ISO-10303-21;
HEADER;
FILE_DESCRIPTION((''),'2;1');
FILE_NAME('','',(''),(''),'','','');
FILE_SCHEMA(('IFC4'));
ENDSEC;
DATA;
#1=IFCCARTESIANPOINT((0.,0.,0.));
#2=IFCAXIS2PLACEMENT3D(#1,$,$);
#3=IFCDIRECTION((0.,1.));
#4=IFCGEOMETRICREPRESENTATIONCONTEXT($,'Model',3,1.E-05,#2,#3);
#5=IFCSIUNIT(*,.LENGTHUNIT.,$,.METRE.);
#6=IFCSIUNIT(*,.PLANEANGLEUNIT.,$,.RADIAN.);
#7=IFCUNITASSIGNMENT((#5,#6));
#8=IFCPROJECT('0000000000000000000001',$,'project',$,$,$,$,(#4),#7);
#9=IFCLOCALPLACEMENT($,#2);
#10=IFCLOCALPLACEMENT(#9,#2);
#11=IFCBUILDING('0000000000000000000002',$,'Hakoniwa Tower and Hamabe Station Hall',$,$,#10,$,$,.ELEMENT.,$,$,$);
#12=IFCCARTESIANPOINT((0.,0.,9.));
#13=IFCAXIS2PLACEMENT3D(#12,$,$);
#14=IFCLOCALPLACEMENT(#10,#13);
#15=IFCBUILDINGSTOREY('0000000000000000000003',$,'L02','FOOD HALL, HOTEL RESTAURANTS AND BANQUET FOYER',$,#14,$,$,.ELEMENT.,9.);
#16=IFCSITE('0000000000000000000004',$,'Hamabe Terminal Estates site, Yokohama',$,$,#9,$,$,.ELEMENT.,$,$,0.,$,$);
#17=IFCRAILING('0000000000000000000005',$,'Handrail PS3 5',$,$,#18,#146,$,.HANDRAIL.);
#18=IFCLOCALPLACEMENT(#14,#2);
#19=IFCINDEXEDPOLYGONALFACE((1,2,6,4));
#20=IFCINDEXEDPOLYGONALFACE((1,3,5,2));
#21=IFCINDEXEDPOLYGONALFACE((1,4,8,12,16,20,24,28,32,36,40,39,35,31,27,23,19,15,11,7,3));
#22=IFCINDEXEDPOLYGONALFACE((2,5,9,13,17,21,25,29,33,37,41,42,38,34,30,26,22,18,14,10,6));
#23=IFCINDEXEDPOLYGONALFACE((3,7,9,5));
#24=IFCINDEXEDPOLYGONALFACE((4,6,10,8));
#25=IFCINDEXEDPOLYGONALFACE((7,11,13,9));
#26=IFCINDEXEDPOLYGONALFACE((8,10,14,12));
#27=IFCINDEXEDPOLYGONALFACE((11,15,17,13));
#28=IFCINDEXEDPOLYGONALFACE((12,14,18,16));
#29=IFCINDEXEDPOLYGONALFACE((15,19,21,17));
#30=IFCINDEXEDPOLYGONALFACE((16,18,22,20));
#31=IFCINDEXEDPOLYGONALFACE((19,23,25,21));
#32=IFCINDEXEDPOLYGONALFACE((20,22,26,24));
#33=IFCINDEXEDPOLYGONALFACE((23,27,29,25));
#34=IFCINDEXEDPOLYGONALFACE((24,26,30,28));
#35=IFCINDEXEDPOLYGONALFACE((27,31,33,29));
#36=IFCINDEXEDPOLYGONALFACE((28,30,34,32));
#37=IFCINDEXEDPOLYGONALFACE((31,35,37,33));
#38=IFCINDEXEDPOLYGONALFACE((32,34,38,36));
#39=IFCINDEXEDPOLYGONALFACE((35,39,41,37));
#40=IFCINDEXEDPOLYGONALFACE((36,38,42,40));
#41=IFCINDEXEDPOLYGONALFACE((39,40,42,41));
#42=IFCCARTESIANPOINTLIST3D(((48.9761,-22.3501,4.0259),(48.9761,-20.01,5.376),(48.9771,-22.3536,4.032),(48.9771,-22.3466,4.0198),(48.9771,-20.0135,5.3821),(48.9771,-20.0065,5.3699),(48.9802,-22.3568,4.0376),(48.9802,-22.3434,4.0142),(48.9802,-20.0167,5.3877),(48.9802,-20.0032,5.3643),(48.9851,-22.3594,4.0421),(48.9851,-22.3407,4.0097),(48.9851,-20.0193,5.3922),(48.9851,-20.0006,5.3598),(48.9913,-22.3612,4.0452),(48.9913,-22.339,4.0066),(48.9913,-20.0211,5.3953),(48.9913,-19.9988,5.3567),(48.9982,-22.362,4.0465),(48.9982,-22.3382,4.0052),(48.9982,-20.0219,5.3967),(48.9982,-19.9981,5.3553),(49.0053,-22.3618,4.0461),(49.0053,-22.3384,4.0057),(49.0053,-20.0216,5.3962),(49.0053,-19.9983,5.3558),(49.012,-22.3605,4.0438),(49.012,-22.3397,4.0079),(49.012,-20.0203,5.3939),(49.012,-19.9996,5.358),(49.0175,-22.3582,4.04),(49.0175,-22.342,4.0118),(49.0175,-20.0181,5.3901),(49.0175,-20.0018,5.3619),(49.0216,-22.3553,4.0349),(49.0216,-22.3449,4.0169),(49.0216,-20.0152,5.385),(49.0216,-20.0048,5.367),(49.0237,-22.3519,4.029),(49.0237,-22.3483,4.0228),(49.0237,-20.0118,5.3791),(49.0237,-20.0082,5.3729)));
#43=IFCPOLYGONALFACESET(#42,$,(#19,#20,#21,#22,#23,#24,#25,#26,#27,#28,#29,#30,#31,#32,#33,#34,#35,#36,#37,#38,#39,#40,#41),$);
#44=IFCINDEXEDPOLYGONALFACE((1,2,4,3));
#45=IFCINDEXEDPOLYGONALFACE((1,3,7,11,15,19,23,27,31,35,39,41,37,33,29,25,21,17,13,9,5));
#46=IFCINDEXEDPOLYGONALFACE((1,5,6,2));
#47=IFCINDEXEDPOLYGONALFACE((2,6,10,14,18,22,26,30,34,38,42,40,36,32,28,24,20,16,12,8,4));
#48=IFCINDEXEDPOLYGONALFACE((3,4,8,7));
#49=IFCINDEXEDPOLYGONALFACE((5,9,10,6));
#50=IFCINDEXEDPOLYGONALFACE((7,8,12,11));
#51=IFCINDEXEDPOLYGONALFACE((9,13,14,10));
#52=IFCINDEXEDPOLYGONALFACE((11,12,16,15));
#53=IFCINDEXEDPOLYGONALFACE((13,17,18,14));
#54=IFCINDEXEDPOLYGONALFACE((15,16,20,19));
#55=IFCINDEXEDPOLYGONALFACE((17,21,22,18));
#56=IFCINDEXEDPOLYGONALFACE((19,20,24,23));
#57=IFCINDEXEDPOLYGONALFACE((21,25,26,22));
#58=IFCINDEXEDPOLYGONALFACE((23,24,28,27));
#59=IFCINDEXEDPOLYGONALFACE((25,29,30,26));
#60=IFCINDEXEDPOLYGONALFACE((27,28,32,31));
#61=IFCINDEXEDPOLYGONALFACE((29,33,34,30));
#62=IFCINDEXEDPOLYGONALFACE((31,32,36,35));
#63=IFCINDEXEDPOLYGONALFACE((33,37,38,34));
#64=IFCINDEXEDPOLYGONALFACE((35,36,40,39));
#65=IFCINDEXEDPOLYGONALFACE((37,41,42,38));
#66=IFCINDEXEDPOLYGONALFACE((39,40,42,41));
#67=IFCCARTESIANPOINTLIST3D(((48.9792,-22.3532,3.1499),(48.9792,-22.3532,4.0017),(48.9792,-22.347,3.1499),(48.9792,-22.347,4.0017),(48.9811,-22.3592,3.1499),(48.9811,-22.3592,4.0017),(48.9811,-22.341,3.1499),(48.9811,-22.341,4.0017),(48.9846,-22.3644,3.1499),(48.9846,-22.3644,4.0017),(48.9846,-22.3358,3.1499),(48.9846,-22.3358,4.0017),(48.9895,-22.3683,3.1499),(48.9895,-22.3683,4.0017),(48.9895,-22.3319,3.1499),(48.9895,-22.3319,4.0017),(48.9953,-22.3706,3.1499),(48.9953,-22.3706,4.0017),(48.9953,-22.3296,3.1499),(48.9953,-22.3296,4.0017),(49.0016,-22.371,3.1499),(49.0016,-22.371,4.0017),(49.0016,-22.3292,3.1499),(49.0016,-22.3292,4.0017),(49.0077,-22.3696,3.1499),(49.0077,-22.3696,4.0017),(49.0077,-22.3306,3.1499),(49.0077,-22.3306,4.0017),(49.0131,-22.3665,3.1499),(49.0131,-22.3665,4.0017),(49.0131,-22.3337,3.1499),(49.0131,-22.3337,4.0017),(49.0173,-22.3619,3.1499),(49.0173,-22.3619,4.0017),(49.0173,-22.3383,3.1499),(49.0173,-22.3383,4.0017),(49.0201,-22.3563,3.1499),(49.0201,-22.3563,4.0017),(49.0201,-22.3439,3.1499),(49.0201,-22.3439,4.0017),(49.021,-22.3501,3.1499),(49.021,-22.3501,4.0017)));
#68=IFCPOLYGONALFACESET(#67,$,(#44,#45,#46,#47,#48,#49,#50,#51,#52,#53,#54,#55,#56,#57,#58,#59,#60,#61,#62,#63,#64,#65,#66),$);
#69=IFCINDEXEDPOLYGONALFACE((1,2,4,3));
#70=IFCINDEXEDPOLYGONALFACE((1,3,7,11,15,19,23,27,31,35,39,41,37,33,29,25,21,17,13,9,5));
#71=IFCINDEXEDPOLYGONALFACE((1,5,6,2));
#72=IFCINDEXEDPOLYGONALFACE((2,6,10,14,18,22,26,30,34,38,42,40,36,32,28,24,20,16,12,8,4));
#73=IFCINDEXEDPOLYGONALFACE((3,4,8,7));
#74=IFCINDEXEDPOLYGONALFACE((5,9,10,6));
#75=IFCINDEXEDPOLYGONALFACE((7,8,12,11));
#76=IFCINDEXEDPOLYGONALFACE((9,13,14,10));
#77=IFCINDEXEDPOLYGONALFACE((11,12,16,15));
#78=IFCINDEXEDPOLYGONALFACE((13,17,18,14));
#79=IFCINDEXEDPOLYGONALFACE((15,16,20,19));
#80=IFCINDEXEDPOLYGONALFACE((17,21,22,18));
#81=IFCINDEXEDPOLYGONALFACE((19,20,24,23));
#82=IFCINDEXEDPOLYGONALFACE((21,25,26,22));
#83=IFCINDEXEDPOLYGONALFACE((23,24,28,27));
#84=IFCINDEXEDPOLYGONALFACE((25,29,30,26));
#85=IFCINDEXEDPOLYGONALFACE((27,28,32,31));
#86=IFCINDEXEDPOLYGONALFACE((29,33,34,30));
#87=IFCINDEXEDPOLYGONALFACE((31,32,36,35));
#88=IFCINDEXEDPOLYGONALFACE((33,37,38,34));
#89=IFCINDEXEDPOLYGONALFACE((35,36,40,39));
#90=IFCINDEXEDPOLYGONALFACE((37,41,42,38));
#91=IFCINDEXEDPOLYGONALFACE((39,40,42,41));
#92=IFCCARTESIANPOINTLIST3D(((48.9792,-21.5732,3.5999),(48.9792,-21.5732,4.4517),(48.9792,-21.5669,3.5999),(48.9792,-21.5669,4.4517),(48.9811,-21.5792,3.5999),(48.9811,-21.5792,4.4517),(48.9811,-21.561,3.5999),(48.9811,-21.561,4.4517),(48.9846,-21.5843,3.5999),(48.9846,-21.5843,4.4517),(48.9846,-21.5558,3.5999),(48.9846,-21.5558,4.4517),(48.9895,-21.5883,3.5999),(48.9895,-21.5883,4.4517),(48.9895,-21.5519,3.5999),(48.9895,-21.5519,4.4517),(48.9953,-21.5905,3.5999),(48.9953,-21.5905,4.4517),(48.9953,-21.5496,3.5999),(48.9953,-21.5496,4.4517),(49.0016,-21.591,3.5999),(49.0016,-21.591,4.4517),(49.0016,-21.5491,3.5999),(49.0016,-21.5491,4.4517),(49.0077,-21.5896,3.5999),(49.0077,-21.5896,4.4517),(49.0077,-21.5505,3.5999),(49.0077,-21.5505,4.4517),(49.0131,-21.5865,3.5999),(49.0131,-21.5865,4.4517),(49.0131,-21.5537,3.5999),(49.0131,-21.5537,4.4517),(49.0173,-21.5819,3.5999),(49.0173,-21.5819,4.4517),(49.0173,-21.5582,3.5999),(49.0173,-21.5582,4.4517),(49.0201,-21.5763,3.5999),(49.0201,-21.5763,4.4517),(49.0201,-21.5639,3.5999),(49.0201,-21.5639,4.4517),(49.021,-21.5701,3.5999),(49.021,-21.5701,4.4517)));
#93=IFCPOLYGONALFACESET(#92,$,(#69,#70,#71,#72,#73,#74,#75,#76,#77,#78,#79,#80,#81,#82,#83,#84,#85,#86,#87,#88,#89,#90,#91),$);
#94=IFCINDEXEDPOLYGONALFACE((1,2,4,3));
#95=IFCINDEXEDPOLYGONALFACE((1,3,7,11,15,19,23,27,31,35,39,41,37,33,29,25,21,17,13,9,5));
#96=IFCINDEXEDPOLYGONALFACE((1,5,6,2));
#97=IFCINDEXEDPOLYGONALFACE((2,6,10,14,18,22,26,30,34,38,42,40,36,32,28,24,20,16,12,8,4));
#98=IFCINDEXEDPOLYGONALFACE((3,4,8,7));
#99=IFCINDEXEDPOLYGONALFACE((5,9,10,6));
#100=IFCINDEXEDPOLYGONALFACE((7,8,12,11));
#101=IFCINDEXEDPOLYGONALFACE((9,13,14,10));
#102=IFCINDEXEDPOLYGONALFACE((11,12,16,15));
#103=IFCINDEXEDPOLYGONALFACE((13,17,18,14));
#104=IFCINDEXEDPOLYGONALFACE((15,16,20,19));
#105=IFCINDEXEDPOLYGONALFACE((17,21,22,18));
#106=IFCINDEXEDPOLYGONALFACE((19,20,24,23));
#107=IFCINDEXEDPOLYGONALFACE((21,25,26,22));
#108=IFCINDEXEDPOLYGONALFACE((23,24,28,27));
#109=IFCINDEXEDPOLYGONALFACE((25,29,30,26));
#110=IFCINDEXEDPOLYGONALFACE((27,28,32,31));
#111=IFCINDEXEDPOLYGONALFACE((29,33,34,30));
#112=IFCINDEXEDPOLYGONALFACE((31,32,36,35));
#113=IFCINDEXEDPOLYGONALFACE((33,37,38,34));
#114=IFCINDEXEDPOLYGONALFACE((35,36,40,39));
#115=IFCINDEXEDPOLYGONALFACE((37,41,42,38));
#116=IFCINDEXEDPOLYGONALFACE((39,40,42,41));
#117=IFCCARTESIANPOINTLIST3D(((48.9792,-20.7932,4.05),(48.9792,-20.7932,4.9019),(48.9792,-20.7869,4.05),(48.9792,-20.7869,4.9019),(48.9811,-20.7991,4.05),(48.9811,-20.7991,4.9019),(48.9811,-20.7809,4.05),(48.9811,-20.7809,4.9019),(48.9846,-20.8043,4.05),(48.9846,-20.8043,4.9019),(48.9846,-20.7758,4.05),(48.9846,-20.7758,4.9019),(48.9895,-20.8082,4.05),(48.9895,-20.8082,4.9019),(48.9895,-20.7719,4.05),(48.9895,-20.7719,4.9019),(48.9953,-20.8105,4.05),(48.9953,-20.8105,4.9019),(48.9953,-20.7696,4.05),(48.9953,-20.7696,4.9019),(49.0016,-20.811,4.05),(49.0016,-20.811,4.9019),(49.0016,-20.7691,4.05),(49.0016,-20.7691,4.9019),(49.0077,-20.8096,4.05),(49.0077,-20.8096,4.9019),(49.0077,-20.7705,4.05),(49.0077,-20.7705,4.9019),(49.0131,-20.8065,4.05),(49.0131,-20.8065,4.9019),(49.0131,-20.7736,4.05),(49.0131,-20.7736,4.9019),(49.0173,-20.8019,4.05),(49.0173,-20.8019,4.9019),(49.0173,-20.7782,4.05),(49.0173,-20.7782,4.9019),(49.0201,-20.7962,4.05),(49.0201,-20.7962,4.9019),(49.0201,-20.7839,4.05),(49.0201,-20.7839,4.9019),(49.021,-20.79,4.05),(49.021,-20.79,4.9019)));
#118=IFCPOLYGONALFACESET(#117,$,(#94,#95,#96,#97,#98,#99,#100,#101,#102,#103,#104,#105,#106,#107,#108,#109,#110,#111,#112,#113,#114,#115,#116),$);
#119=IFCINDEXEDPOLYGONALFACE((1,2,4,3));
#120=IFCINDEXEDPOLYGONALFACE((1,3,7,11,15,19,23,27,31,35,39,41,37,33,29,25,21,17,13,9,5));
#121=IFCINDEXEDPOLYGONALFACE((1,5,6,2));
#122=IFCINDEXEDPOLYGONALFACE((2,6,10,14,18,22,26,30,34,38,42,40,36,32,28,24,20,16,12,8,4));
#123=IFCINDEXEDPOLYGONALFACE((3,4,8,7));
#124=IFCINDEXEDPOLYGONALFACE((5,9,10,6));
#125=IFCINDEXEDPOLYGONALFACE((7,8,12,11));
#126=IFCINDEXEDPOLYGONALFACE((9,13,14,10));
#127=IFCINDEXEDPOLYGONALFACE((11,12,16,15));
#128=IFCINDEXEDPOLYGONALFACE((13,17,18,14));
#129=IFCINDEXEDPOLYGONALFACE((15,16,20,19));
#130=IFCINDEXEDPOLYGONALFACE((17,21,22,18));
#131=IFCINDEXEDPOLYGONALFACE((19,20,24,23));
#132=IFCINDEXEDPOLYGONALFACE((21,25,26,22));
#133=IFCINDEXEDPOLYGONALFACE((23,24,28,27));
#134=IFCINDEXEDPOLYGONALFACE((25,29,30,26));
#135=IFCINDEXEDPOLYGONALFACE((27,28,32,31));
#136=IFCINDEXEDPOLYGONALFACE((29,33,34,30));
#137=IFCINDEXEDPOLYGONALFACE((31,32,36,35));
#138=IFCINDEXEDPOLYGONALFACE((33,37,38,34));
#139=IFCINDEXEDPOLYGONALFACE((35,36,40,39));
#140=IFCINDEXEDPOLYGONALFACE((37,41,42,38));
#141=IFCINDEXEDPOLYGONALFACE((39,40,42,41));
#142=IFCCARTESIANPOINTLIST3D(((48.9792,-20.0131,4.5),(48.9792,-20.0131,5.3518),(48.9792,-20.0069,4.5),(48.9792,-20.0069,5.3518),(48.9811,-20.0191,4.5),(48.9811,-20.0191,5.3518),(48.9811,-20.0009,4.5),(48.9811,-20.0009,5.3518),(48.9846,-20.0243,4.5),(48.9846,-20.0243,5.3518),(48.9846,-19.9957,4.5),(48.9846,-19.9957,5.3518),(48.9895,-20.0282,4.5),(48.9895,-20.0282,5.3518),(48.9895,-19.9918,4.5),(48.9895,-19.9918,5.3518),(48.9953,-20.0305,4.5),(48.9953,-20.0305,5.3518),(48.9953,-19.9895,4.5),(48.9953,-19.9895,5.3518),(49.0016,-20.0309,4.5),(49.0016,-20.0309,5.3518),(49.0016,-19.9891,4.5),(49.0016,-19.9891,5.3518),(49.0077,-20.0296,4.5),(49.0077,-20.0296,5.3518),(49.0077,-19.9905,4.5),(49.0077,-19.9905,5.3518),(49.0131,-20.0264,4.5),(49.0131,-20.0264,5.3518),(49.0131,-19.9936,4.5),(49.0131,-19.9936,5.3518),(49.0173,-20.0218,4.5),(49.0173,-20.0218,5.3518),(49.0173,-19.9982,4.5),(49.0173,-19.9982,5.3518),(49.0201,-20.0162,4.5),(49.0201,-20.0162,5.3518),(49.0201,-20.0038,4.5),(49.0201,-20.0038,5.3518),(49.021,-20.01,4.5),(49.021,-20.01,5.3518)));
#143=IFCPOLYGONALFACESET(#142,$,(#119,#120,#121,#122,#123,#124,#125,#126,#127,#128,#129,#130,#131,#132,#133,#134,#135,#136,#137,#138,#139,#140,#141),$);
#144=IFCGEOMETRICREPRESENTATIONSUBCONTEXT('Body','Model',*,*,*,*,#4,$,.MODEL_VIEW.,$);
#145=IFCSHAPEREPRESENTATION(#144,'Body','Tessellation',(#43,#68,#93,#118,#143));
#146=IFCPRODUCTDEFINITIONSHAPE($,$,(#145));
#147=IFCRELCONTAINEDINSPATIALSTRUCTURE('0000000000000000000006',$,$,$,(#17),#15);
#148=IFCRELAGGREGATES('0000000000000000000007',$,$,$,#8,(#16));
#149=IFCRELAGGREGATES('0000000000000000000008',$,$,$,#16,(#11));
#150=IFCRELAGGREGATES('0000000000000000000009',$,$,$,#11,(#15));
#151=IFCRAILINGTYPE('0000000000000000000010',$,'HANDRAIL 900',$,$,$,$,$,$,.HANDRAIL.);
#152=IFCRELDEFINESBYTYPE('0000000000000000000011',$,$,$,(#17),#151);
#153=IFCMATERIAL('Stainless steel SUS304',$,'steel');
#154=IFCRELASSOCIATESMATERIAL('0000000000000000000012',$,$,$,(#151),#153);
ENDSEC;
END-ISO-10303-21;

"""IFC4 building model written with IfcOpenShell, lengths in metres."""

from ifc_helpers import new_model, si_unit, direction, frame, origin, origin_2d, place, context, subcontext, project, spatial, circle, extrude, material, type_object, element, save


model = new_model("IFC4")

# Units and contexts
model_context = context("Model", 3, precision=1e-05, world=origin(), true_north=direction((0.0, 1.0)))
body_context = subcontext(model_context, "Body", "Model", "MODEL_VIEW")
ifc_project = project(units=[si_unit("LENGTHUNIT", "METRE"), si_unit("PLANEANGLEUNIT", "RADIAN")], contexts=[model_context])

# Site, building, storey
site_placement = place(None, origin())
site = spatial("IfcSite", under=ifc_project, at=site_placement, Name="Hamabe Terminal Estates site, Yokohama", CompositionType="ELEMENT", RefElevation=0.0)
building_placement = place(site_placement, origin())
building = spatial("IfcBuilding", under=site, at=building_placement, Name="Hakoniwa Tower and Hamabe Station Hall", CompositionType="ELEMENT")
storey_placement = place(building_placement, frame((0.0, 0.0, 9.0)))
storey = spatial("IfcBuildingStorey", under=building, at=storey_placement, Name="L02", Description="FOOD HALL, HOTEL RESTAURANTS AND BANQUET FOYER", CompositionType="ELEMENT", Elevation=9.0)

# Railing
ifc_material_1 = material(Name="Stainless steel SUS304", Category="steel")
railing_type_1 = type_object("IfcRailingType", Name="HANDRAIL 900", PredefinedType="HANDRAIL", material=ifc_material_1)
for number, where, name in (
    (1, (49.0, -22.3501, 3.1499), "Handrail PS3 5"),
):
    element("IfcRailing", number, at=place(storey_placement, frame(where)), inside=storey, type_object=railing_type_1, Name=name, PredefinedType="HANDRAIL", context=body_context, shape_type="SweptSolid", body=[
        extrude(circle(Radius=0.0239, at=origin_2d()), frame((0.0, 0.0, 0.876), z_axis=(0.0, 0.866178, 0.499735), x_axis=(-1.0, 0.0, 0.0)), (0.0, 0.0, 1.0), 2.7017),
        extrude(circle(Radius=0.021, at=origin_2d()), origin(), (0.0, 0.0, 1.0), 0.8518),
        extrude(circle(Radius=0.021, at=origin_2d()), frame((0.0, 0.78, 0.45)), (0.0, 0.0, 1.0), 0.8518),
        extrude(circle(Radius=0.021, at=origin_2d()), frame((0.0, 1.5601, 0.9001)), (0.0, 0.0, 1.0), 0.8518),
        extrude(circle(Radius=0.021, at=origin_2d()), frame((0.0, 2.3401, 1.3501)), (0.0, 0.0, 1.0), 0.8518),
    ])

save(model, "model.ifc")
